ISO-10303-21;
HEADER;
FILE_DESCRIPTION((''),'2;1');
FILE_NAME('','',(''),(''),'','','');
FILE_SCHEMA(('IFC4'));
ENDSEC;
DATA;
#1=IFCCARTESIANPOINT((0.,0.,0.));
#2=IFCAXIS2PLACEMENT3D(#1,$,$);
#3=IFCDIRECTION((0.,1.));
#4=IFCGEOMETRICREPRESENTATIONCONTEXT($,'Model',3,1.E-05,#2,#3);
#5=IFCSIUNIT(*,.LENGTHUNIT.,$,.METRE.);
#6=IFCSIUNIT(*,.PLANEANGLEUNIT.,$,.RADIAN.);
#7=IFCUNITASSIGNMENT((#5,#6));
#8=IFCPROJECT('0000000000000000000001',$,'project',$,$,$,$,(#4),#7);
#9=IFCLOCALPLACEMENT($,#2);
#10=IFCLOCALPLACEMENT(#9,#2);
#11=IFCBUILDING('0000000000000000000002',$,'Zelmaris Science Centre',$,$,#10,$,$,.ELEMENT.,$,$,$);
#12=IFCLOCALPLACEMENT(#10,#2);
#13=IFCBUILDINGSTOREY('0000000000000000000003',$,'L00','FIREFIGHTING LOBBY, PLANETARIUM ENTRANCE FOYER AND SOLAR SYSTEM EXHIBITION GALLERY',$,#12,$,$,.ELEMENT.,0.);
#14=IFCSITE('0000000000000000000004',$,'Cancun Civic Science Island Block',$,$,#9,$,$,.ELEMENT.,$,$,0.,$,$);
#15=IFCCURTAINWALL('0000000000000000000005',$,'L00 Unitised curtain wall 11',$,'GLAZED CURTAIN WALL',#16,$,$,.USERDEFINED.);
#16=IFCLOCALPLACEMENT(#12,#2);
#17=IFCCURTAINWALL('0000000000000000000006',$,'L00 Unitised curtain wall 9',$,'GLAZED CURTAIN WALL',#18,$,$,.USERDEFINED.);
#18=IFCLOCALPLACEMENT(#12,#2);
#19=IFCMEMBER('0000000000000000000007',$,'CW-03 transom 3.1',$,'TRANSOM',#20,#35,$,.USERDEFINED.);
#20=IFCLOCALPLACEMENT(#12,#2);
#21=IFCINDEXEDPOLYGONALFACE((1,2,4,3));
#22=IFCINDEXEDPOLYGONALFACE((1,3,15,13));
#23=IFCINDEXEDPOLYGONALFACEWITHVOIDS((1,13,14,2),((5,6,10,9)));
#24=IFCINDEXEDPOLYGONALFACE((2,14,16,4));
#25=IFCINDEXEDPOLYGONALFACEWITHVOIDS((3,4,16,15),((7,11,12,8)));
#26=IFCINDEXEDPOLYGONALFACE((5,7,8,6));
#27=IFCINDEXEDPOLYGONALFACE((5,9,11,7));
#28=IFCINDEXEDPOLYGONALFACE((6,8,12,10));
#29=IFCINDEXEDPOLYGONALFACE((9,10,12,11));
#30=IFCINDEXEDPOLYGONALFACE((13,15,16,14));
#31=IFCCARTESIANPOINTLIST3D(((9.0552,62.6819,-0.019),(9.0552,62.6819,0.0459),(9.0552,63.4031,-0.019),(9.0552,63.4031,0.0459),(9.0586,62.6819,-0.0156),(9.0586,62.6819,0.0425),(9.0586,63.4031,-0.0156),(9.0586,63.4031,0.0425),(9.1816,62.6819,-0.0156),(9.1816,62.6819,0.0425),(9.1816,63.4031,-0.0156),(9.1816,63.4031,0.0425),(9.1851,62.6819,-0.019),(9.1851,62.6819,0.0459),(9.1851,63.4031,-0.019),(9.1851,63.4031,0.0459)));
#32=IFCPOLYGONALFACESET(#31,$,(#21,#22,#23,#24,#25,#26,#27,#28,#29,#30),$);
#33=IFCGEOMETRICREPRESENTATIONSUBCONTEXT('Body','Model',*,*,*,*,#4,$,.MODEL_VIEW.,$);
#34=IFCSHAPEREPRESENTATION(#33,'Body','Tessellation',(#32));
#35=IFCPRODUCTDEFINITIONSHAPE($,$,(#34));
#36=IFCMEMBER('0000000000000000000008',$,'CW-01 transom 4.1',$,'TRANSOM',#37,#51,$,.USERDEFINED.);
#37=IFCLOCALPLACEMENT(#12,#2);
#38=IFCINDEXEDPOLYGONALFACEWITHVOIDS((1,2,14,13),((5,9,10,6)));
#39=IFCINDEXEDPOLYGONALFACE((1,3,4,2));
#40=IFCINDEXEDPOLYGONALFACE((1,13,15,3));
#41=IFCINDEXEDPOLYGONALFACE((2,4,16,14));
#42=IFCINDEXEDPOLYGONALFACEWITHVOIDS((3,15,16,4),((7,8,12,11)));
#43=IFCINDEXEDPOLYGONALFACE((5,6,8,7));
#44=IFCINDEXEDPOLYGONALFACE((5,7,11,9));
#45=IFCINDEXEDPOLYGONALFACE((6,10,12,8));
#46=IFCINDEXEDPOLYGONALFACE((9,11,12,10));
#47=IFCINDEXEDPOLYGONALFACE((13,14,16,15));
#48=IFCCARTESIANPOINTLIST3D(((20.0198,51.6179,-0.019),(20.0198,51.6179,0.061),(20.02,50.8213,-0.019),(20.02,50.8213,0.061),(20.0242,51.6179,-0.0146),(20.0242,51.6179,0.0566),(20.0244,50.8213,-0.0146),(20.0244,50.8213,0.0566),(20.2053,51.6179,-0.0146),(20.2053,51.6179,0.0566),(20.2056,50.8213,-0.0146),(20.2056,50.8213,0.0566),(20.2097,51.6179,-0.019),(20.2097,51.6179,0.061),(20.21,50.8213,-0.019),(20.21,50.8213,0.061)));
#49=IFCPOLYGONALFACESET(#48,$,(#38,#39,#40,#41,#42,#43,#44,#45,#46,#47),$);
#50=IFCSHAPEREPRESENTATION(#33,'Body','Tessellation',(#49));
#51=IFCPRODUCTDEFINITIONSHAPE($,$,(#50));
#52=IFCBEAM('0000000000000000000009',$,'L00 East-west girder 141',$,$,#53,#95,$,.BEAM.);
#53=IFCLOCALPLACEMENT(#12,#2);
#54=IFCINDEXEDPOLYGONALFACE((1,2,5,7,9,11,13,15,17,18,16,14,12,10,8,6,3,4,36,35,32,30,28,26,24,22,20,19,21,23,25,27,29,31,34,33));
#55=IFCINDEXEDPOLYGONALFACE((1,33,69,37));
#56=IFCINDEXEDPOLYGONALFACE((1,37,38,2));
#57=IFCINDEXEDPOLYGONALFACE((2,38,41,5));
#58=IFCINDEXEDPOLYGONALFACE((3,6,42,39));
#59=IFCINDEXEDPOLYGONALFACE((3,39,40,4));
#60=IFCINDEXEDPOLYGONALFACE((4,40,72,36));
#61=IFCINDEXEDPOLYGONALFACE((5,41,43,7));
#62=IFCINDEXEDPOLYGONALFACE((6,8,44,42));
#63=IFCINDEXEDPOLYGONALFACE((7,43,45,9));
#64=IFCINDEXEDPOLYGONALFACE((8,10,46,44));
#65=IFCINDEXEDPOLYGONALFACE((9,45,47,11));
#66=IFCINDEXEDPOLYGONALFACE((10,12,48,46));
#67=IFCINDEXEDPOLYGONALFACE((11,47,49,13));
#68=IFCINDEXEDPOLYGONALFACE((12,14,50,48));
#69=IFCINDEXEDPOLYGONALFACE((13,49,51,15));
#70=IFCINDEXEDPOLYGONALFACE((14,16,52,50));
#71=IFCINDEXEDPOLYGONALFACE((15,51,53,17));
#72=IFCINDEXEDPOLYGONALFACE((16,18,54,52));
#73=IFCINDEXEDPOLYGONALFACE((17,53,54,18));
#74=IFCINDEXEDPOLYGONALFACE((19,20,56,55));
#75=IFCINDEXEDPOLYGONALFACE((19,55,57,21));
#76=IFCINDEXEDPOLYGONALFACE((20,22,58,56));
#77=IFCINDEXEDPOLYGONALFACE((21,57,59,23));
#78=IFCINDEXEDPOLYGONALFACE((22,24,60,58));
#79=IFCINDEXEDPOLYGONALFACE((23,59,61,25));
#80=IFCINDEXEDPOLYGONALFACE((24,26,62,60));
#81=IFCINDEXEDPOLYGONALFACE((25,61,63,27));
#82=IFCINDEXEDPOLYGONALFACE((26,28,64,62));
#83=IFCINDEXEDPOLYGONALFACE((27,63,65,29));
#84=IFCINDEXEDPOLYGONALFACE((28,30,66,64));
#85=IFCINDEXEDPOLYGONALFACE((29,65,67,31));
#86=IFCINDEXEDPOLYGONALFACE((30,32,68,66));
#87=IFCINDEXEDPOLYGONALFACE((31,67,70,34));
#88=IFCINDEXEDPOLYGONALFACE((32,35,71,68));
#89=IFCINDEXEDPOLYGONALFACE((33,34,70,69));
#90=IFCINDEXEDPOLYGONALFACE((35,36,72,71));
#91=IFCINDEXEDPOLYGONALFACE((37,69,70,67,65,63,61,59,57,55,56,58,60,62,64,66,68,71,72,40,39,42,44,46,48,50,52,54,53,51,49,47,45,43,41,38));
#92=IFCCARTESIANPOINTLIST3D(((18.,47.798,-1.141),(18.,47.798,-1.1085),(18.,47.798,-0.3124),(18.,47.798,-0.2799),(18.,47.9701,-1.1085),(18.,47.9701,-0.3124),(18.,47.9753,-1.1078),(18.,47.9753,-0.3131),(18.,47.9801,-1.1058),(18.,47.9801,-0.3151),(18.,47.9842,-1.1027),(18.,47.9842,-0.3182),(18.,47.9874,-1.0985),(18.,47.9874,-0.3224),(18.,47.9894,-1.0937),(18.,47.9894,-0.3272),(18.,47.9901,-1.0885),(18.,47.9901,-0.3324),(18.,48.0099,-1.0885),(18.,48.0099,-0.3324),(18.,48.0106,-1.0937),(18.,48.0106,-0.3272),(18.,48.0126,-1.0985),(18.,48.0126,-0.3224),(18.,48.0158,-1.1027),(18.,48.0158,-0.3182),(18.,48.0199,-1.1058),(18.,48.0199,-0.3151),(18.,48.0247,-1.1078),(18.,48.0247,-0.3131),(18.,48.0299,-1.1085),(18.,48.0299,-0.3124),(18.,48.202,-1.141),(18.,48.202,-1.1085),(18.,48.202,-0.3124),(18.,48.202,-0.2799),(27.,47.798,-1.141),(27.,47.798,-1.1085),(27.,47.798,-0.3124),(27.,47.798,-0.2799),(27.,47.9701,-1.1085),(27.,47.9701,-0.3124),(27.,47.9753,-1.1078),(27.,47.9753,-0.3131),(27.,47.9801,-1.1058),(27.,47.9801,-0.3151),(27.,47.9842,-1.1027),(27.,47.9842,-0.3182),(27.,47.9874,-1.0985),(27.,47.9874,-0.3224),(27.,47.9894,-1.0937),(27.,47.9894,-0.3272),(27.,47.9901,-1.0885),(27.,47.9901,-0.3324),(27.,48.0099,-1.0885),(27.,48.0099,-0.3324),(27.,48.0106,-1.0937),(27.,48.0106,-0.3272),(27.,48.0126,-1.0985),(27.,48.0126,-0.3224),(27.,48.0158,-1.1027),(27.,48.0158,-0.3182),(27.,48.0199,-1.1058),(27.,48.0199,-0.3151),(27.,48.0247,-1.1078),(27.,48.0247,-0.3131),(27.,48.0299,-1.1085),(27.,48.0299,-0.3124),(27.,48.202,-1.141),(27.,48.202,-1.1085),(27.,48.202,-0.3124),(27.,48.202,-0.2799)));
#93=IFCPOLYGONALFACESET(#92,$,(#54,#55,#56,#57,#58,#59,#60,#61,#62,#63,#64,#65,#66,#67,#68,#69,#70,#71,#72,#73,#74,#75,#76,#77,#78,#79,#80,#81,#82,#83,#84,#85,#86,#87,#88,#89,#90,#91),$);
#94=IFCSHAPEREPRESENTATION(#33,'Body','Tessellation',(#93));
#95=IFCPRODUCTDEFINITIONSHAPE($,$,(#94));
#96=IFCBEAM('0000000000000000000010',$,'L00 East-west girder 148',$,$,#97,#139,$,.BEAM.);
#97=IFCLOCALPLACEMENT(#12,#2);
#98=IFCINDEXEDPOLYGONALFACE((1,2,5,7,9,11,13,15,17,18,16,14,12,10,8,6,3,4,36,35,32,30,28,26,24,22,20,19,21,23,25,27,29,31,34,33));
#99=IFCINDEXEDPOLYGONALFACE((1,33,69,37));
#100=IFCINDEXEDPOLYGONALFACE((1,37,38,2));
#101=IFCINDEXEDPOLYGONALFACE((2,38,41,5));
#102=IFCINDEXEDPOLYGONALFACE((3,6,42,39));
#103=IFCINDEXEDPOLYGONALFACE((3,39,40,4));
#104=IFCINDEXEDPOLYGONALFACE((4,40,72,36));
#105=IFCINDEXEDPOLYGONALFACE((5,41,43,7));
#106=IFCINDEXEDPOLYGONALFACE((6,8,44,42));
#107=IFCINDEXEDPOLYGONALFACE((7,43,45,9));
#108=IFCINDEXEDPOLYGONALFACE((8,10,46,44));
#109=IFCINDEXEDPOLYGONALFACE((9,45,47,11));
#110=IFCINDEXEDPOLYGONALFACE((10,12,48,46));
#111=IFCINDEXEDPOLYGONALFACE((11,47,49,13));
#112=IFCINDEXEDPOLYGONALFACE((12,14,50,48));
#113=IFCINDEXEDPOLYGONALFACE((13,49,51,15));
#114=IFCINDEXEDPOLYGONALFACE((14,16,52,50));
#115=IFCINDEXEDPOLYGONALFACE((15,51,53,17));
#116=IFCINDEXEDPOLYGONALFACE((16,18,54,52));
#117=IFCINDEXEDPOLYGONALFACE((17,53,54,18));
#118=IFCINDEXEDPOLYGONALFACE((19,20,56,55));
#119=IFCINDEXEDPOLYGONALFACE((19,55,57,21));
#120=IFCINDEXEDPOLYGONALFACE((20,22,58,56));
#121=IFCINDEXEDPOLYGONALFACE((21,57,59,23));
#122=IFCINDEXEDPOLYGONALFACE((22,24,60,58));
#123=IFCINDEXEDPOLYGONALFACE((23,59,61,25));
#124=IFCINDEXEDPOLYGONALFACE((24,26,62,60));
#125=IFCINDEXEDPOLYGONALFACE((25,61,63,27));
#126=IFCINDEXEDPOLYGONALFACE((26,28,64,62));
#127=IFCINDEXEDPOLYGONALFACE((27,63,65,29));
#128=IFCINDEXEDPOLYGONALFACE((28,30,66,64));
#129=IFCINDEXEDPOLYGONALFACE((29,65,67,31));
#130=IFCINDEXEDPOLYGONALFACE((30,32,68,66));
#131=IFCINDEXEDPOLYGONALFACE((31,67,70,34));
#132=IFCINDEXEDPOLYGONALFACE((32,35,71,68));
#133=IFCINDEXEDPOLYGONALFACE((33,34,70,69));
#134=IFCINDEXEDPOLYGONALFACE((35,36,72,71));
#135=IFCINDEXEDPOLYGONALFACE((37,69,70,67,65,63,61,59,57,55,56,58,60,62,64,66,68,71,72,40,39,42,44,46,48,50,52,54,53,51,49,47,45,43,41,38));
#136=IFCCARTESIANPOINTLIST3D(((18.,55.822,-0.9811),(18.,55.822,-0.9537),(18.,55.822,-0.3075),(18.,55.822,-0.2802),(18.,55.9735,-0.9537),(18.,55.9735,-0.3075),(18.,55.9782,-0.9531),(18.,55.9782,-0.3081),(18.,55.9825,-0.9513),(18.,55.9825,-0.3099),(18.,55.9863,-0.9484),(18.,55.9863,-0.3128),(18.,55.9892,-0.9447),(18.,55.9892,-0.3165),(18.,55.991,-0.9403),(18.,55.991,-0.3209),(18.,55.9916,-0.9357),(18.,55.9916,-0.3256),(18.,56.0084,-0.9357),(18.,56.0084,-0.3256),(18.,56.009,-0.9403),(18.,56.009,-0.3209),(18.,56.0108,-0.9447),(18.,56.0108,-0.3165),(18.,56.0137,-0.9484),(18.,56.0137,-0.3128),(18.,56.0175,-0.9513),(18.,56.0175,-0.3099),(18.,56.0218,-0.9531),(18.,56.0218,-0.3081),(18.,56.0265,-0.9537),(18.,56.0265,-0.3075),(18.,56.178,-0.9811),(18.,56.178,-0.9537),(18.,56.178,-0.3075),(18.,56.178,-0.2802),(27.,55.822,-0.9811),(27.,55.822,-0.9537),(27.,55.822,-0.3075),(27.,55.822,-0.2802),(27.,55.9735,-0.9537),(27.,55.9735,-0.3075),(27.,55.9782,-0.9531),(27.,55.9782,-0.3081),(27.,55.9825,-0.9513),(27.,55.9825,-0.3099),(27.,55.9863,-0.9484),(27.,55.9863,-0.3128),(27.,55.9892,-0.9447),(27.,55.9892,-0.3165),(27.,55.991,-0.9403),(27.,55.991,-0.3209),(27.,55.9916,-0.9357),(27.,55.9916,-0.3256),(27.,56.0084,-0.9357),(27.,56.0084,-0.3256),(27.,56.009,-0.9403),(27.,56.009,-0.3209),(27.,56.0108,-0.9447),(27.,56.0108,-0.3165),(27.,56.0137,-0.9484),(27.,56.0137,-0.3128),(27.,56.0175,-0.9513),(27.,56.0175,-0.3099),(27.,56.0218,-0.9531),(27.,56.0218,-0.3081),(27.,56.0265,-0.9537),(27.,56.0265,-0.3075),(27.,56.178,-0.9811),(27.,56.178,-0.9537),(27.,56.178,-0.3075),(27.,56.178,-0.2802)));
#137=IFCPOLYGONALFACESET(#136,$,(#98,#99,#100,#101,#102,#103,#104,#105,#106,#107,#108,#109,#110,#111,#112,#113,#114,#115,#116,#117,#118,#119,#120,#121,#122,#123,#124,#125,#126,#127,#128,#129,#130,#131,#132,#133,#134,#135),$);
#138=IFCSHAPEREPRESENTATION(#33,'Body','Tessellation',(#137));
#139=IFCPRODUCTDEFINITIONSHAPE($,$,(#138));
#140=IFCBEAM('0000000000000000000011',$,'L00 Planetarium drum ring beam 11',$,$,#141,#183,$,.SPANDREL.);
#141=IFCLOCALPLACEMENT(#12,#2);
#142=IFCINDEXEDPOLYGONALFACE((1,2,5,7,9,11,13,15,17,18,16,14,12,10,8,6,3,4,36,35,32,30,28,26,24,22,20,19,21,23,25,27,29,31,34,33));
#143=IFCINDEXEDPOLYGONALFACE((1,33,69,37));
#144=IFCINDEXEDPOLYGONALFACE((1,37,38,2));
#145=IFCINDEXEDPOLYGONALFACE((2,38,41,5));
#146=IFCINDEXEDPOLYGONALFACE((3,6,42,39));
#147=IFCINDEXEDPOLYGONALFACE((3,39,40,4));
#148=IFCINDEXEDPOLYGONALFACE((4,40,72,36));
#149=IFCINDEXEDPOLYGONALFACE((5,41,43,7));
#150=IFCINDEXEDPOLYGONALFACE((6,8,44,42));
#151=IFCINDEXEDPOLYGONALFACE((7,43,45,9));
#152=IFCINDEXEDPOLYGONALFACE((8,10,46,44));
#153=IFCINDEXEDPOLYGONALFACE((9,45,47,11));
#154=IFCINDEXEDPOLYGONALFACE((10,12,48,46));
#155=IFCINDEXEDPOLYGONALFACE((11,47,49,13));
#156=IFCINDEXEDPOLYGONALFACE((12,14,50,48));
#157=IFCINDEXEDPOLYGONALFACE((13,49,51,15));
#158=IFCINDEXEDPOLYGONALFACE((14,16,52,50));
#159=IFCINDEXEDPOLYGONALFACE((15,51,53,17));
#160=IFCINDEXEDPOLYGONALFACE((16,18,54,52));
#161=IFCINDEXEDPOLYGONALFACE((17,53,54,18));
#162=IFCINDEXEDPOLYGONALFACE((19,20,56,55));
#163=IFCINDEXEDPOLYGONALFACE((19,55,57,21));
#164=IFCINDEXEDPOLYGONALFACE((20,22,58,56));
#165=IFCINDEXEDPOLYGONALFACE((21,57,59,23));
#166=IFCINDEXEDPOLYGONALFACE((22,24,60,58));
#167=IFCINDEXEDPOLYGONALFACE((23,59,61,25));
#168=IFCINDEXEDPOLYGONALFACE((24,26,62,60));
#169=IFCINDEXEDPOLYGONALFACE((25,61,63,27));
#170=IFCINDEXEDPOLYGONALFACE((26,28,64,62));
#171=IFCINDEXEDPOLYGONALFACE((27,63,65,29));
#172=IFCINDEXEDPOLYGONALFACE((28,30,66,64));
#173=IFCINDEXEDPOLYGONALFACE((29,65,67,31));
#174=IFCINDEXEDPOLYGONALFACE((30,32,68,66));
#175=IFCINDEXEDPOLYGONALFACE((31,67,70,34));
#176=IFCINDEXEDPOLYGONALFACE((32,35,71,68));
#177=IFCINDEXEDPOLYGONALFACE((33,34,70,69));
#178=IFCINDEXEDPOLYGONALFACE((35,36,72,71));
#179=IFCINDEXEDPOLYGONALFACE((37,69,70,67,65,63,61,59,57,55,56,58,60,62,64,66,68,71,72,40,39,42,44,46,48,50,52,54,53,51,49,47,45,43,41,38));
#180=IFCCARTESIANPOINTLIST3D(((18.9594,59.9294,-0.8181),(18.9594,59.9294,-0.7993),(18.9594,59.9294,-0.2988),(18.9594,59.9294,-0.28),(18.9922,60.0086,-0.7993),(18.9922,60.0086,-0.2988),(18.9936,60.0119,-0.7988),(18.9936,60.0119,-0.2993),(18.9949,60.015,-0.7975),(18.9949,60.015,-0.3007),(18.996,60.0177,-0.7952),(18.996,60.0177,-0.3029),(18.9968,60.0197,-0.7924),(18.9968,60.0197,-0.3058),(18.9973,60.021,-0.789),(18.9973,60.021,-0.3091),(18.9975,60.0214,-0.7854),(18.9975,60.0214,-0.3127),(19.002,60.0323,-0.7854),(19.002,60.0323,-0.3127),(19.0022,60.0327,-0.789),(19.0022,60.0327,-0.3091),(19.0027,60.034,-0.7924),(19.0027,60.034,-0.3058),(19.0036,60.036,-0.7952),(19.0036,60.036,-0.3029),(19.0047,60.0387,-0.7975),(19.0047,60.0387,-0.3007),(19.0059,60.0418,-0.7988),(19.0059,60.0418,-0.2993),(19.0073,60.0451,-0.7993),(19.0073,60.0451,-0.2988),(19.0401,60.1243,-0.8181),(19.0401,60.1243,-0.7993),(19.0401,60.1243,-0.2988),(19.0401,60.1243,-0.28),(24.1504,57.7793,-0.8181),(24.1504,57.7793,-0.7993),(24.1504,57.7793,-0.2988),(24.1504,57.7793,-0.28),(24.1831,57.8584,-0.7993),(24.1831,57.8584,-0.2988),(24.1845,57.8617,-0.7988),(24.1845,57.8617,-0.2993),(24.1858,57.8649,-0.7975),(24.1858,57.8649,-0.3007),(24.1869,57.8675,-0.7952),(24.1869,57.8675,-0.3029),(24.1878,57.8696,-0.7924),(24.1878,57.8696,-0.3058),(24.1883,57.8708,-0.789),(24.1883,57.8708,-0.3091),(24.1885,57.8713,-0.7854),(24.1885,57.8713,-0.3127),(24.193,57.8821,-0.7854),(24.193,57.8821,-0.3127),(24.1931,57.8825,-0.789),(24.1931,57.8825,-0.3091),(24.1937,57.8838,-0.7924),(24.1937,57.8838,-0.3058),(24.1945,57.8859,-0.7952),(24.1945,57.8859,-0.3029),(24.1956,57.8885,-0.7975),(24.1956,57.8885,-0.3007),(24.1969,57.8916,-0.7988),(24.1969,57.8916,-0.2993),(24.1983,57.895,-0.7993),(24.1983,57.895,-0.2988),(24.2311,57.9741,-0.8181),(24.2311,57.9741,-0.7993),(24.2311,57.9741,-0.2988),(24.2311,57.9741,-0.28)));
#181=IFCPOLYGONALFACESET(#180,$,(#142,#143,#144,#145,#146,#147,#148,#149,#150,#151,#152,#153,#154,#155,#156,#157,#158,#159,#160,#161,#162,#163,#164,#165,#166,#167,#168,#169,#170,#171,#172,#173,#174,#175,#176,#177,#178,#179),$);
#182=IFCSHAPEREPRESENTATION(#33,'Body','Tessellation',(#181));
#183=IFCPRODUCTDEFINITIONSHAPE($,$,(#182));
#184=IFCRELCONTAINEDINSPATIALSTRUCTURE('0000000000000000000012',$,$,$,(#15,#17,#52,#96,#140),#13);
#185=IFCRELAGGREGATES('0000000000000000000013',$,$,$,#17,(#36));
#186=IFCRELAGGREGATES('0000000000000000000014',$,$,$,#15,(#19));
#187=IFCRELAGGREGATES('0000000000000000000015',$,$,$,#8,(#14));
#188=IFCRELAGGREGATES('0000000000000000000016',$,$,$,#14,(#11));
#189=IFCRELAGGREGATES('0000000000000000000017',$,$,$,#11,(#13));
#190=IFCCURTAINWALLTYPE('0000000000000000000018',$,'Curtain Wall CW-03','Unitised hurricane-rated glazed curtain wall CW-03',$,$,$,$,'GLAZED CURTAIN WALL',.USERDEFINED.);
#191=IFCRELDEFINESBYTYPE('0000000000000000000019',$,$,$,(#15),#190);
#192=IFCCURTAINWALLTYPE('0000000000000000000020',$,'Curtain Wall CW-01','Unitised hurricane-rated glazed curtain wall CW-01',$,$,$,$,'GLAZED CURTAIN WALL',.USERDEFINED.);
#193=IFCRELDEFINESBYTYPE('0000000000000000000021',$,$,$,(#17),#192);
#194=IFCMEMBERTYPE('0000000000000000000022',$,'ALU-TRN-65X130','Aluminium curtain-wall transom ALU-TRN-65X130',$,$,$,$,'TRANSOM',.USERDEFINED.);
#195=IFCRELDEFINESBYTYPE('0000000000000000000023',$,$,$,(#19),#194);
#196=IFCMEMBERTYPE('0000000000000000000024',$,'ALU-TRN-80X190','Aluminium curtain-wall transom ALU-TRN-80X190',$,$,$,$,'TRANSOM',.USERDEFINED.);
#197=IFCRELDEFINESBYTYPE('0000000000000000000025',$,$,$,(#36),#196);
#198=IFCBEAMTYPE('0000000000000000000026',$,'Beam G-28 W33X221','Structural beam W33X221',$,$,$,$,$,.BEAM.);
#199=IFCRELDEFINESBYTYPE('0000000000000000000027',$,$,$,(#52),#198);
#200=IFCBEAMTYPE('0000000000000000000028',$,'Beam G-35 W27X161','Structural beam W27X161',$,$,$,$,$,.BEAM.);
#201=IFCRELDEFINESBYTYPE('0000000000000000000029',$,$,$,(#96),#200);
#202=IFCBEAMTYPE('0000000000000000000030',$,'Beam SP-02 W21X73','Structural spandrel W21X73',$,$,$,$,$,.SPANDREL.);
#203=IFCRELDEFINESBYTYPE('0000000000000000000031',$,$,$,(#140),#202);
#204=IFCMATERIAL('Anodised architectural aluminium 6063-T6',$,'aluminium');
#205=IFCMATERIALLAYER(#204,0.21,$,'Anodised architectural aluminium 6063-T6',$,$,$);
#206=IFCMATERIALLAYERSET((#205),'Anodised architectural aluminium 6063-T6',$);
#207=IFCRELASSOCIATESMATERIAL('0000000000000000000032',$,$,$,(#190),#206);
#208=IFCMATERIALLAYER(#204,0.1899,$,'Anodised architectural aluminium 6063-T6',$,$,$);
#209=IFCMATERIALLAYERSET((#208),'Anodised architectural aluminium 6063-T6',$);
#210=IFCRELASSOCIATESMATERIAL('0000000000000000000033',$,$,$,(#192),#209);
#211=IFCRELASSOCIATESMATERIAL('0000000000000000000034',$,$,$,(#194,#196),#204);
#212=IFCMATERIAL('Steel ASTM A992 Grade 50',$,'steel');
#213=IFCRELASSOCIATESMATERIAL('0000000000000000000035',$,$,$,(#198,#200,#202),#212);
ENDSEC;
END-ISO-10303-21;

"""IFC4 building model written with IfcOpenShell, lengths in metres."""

from ifc_helpers import new_model, si_unit, direction, frame, origin, origin_2d, place, context, subcontext, project, spatial, hollow_rectangle, i_section, extrude, material, layer, layer_set, material_profile, profile_set, type_object, element, aggregate, save


model = new_model("IFC4")

# Units and contexts
model_context = context("Model", 3, precision=1e-05, world=origin(), true_north=direction((0.0, 1.0)))
body_context = subcontext(model_context, "Body", "Model", "MODEL_VIEW")
ifc_project = project(units=[si_unit("LENGTHUNIT", "METRE"), si_unit("PLANEANGLEUNIT", "RADIAN")], contexts=[model_context])

# Site, building, storey
site_placement = place(None, origin())
site = spatial("IfcSite", under=ifc_project, at=site_placement, Name="Cancun Civic Science Island Block", CompositionType="ELEMENT", RefElevation=0.0)
building_placement = place(site_placement, origin())
building = spatial("IfcBuilding", under=site, at=building_placement, Name="Zelmaris Science Centre", CompositionType="ELEMENT")
storey_placement = place(building_placement, origin())
storey = spatial("IfcBuildingStorey", under=building, at=storey_placement, Name="L00", Description="FIREFIGHTING LOBBY, PLANETARIUM ENTRANCE FOYER AND SOLAR SYSTEM EXHIBITION GALLERY", CompositionType="ELEMENT", Elevation=0.0)

# Shared definitions
ifc_material_1 = material(Name="Steel ASTM A992 Grade 50", Category="steel")

# Curtain walls
ifc_material_2 = material(Name="Anodised architectural aluminium 6063-T6", Category="aluminium")
ifc_layer_1 = layer(ifc_material_2, 0.21, Name="Anodised architectural aluminium 6063-T6")
ifc_layer_set_1 = layer_set([ifc_layer_1], Name="Anodised architectural aluminium 6063-T6")
curtain_wall_type_1 = type_object("IfcCurtainWallType", Name="Curtain Wall CW-03", Description="Unitised hurricane-rated glazed curtain wall CW-03", ElementType="GLAZED CURTAIN WALL", PredefinedType="USERDEFINED", material=ifc_layer_set_1)
curtain_wall_1_placement = place(storey_placement, origin())
curtain_wall_1 = element("IfcCurtainWall", 1, at=curtain_wall_1_placement, inside=storey, type_object=curtain_wall_type_1, Name="L00 Unitised curtain wall 11", ObjectType="GLAZED CURTAIN WALL", PredefinedType="USERDEFINED")
ifc_layer_2 = layer(ifc_material_2, 0.1899, Name="Anodised architectural aluminium 6063-T6")
ifc_layer_set_2 = layer_set([ifc_layer_2], Name="Anodised architectural aluminium 6063-T6")
curtain_wall_type_2 = type_object("IfcCurtainWallType", Name="Curtain Wall CW-01", Description="Unitised hurricane-rated glazed curtain wall CW-01", ElementType="GLAZED CURTAIN WALL", PredefinedType="USERDEFINED", material=ifc_layer_set_2)
curtain_wall_2_placement = place(storey_placement, origin())
curtain_wall_2 = element("IfcCurtainWall", 2, at=curtain_wall_2_placement, inside=storey, type_object=curtain_wall_type_2, Name="L00 Unitised curtain wall 9", ObjectType="GLAZED CURTAIN WALL", PredefinedType="USERDEFINED")

# Members
ifc_material_profile_1 = material_profile(ifc_material_2, hollow_rectangle(XDim=0.0649, YDim=0.1299, WallThickness=0.0034, at=origin_2d()), Name="ALU-TRN-65X130")
ifc_profile_set_1 = profile_set([ifc_material_profile_1], Name="Anodised architectural aluminium 6063-T6")
member_type_1 = type_object("IfcMemberType", Name="ALU-TRN-65X130", Description="Aluminium curtain-wall transom ALU-TRN-65X130", ElementType="TRANSOM", PredefinedType="USERDEFINED", material=ifc_profile_set_1)
member_1_placement = place(storey_placement, frame((9.1201, 62.6819, 0.0134), z_axis=(0.0, 1.0, 0.0), x_axis=(0.0, 0.0, 1.0)))
member_1 = element("IfcMember", 3, at=member_1_placement, type_object=member_type_1, Name="CW-03 transom 3.1", ObjectType="TRANSOM", PredefinedType="USERDEFINED", context=body_context, shape_type="SweptSolid", body=[
    extrude(hollow_rectangle(XDim=0.0649, YDim=0.1299, WallThickness=0.0034, at=origin_2d()), origin(), (0.0, 0.0, 1.0), 0.7212),
])
ifc_material_profile_2 = material_profile(ifc_material_2, hollow_rectangle(XDim=0.0801, YDim=0.1899, WallThickness=0.0044, at=origin_2d()), Name="ALU-TRN-80X190")
ifc_profile_set_2 = profile_set([ifc_material_profile_2], Name="Anodised architectural aluminium 6063-T6")
member_type_2 = type_object("IfcMemberType", Name="ALU-TRN-80X190", Description="Aluminium curtain-wall transom ALU-TRN-80X190", ElementType="TRANSOM", PredefinedType="USERDEFINED", material=ifc_profile_set_2)
member_2_placement = place(storey_placement, frame((20.115, 50.8213, 0.021), z_axis=(-0.000306, 1.0, 0.0), x_axis=(0.0, 0.0, 1.0)))
member_2 = element("IfcMember", 4, at=member_2_placement, type_object=member_type_2, Name="CW-01 transom 4.1", ObjectType="TRANSOM", PredefinedType="USERDEFINED", context=body_context, shape_type="SweptSolid", body=[
    extrude(hollow_rectangle(XDim=0.0801, YDim=0.1899, WallThickness=0.0044, at=origin_2d()), origin(), (0.0, 0.0, 1.0), 0.7966),
])
aggregate(curtain_wall_2, [member_2])

# Beams
ifc_material_profile_3 = material_profile(ifc_material_1, i_section(OverallWidth=0.4041, OverallDepth=0.8611, WebThickness=0.0198, FlangeThickness=0.0325, FilletRadius=0.02, at=origin_2d()), Name="W33X221")
ifc_profile_set_3 = profile_set([ifc_material_profile_3], Name="Steel ASTM A992 Grade 50")
beam_type_1 = type_object("IfcBeamType", Name="Beam G-28 W33X221", Description="Structural beam W33X221", PredefinedType="BEAM", material=ifc_profile_set_3)
beam_1_placement = place(storey_placement, frame((18.0, 48.0, -0.7104), z_axis=(1.0, 0.0, 0.0), x_axis=(0.0, 1.0, 0.0)))
element("IfcBeam", 5, at=beam_1_placement, inside=storey, type_object=beam_type_1, Name="L00 East-west girder 141", PredefinedType="BEAM", context=body_context, shape_type="SweptSolid", body=[
    extrude(i_section(OverallWidth=0.4041, OverallDepth=0.8611, WebThickness=0.0198, FlangeThickness=0.0325, FilletRadius=0.02, at=origin_2d()), origin(), (0.0, 0.0, 1.0), 9.0),
])
ifc_material_profile_4 = material_profile(ifc_material_1, i_section(OverallWidth=0.356, OverallDepth=0.7009, WebThickness=0.0168, FlangeThickness=0.0273, FilletRadius=0.0181, at=origin_2d()), Name="W27X161")
ifc_profile_set_4 = profile_set([ifc_material_profile_4], Name="Steel ASTM A992 Grade 50")
beam_type_2 = type_object("IfcBeamType", Name="Beam G-35 W27X161", Description="Structural beam W27X161", PredefinedType="BEAM", material=ifc_profile_set_4)
beam_2_placement = place(storey_placement, frame((18.0, 56.0, -0.6306), z_axis=(1.0, 0.0, 0.0), x_axis=(0.0, 1.0, 0.0)))
element("IfcBeam", 6, at=beam_2_placement, inside=storey, type_object=beam_type_2, Name="L00 East-west girder 148", PredefinedType="BEAM", context=body_context, shape_type="SweptSolid", body=[
    extrude(i_section(OverallWidth=0.356, OverallDepth=0.7009, WebThickness=0.0168, FlangeThickness=0.0273, FilletRadius=0.0181, at=origin_2d()), origin(), (0.0, 0.0, 1.0), 9.0),
])
ifc_material_profile_5 = material_profile(ifc_material_1, i_section(OverallWidth=0.2109, OverallDepth=0.5381, WebThickness=0.0117, FlangeThickness=0.0188, FilletRadius=0.0139, at=origin_2d()), Name="W21X73")
ifc_profile_set_5 = profile_set([ifc_material_profile_5], Name="Steel ASTM A992 Grade 50")
beam_type_3 = type_object("IfcBeamType", Name="Beam SP-02 W21X73", Description="Structural spandrel W21X73", PredefinedType="SPANDREL", material=ifc_profile_set_5)
beam_3_placement = place(storey_placement, frame((18.9998, 60.0269, -0.5491), z_axis=(0.92388, -0.382683, 0.0), x_axis=(0.382683, 0.92388, 0.0)))
element("IfcBeam", 7, at=beam_3_placement, inside=storey, type_object=beam_type_3, Name="L00 Planetarium drum ring beam 11", PredefinedType="SPANDREL", context=body_context, shape_type="SweptSolid", body=[
    extrude(i_section(OverallWidth=0.2109, OverallDepth=0.5381, WebThickness=0.0117, FlangeThickness=0.0188, FilletRadius=0.0139, at=origin_2d()), origin(), (0.0, 0.0, 1.0), 5.6187),
])

aggregate(curtain_wall_1, [member_1])

save(model, "model.ifc")
